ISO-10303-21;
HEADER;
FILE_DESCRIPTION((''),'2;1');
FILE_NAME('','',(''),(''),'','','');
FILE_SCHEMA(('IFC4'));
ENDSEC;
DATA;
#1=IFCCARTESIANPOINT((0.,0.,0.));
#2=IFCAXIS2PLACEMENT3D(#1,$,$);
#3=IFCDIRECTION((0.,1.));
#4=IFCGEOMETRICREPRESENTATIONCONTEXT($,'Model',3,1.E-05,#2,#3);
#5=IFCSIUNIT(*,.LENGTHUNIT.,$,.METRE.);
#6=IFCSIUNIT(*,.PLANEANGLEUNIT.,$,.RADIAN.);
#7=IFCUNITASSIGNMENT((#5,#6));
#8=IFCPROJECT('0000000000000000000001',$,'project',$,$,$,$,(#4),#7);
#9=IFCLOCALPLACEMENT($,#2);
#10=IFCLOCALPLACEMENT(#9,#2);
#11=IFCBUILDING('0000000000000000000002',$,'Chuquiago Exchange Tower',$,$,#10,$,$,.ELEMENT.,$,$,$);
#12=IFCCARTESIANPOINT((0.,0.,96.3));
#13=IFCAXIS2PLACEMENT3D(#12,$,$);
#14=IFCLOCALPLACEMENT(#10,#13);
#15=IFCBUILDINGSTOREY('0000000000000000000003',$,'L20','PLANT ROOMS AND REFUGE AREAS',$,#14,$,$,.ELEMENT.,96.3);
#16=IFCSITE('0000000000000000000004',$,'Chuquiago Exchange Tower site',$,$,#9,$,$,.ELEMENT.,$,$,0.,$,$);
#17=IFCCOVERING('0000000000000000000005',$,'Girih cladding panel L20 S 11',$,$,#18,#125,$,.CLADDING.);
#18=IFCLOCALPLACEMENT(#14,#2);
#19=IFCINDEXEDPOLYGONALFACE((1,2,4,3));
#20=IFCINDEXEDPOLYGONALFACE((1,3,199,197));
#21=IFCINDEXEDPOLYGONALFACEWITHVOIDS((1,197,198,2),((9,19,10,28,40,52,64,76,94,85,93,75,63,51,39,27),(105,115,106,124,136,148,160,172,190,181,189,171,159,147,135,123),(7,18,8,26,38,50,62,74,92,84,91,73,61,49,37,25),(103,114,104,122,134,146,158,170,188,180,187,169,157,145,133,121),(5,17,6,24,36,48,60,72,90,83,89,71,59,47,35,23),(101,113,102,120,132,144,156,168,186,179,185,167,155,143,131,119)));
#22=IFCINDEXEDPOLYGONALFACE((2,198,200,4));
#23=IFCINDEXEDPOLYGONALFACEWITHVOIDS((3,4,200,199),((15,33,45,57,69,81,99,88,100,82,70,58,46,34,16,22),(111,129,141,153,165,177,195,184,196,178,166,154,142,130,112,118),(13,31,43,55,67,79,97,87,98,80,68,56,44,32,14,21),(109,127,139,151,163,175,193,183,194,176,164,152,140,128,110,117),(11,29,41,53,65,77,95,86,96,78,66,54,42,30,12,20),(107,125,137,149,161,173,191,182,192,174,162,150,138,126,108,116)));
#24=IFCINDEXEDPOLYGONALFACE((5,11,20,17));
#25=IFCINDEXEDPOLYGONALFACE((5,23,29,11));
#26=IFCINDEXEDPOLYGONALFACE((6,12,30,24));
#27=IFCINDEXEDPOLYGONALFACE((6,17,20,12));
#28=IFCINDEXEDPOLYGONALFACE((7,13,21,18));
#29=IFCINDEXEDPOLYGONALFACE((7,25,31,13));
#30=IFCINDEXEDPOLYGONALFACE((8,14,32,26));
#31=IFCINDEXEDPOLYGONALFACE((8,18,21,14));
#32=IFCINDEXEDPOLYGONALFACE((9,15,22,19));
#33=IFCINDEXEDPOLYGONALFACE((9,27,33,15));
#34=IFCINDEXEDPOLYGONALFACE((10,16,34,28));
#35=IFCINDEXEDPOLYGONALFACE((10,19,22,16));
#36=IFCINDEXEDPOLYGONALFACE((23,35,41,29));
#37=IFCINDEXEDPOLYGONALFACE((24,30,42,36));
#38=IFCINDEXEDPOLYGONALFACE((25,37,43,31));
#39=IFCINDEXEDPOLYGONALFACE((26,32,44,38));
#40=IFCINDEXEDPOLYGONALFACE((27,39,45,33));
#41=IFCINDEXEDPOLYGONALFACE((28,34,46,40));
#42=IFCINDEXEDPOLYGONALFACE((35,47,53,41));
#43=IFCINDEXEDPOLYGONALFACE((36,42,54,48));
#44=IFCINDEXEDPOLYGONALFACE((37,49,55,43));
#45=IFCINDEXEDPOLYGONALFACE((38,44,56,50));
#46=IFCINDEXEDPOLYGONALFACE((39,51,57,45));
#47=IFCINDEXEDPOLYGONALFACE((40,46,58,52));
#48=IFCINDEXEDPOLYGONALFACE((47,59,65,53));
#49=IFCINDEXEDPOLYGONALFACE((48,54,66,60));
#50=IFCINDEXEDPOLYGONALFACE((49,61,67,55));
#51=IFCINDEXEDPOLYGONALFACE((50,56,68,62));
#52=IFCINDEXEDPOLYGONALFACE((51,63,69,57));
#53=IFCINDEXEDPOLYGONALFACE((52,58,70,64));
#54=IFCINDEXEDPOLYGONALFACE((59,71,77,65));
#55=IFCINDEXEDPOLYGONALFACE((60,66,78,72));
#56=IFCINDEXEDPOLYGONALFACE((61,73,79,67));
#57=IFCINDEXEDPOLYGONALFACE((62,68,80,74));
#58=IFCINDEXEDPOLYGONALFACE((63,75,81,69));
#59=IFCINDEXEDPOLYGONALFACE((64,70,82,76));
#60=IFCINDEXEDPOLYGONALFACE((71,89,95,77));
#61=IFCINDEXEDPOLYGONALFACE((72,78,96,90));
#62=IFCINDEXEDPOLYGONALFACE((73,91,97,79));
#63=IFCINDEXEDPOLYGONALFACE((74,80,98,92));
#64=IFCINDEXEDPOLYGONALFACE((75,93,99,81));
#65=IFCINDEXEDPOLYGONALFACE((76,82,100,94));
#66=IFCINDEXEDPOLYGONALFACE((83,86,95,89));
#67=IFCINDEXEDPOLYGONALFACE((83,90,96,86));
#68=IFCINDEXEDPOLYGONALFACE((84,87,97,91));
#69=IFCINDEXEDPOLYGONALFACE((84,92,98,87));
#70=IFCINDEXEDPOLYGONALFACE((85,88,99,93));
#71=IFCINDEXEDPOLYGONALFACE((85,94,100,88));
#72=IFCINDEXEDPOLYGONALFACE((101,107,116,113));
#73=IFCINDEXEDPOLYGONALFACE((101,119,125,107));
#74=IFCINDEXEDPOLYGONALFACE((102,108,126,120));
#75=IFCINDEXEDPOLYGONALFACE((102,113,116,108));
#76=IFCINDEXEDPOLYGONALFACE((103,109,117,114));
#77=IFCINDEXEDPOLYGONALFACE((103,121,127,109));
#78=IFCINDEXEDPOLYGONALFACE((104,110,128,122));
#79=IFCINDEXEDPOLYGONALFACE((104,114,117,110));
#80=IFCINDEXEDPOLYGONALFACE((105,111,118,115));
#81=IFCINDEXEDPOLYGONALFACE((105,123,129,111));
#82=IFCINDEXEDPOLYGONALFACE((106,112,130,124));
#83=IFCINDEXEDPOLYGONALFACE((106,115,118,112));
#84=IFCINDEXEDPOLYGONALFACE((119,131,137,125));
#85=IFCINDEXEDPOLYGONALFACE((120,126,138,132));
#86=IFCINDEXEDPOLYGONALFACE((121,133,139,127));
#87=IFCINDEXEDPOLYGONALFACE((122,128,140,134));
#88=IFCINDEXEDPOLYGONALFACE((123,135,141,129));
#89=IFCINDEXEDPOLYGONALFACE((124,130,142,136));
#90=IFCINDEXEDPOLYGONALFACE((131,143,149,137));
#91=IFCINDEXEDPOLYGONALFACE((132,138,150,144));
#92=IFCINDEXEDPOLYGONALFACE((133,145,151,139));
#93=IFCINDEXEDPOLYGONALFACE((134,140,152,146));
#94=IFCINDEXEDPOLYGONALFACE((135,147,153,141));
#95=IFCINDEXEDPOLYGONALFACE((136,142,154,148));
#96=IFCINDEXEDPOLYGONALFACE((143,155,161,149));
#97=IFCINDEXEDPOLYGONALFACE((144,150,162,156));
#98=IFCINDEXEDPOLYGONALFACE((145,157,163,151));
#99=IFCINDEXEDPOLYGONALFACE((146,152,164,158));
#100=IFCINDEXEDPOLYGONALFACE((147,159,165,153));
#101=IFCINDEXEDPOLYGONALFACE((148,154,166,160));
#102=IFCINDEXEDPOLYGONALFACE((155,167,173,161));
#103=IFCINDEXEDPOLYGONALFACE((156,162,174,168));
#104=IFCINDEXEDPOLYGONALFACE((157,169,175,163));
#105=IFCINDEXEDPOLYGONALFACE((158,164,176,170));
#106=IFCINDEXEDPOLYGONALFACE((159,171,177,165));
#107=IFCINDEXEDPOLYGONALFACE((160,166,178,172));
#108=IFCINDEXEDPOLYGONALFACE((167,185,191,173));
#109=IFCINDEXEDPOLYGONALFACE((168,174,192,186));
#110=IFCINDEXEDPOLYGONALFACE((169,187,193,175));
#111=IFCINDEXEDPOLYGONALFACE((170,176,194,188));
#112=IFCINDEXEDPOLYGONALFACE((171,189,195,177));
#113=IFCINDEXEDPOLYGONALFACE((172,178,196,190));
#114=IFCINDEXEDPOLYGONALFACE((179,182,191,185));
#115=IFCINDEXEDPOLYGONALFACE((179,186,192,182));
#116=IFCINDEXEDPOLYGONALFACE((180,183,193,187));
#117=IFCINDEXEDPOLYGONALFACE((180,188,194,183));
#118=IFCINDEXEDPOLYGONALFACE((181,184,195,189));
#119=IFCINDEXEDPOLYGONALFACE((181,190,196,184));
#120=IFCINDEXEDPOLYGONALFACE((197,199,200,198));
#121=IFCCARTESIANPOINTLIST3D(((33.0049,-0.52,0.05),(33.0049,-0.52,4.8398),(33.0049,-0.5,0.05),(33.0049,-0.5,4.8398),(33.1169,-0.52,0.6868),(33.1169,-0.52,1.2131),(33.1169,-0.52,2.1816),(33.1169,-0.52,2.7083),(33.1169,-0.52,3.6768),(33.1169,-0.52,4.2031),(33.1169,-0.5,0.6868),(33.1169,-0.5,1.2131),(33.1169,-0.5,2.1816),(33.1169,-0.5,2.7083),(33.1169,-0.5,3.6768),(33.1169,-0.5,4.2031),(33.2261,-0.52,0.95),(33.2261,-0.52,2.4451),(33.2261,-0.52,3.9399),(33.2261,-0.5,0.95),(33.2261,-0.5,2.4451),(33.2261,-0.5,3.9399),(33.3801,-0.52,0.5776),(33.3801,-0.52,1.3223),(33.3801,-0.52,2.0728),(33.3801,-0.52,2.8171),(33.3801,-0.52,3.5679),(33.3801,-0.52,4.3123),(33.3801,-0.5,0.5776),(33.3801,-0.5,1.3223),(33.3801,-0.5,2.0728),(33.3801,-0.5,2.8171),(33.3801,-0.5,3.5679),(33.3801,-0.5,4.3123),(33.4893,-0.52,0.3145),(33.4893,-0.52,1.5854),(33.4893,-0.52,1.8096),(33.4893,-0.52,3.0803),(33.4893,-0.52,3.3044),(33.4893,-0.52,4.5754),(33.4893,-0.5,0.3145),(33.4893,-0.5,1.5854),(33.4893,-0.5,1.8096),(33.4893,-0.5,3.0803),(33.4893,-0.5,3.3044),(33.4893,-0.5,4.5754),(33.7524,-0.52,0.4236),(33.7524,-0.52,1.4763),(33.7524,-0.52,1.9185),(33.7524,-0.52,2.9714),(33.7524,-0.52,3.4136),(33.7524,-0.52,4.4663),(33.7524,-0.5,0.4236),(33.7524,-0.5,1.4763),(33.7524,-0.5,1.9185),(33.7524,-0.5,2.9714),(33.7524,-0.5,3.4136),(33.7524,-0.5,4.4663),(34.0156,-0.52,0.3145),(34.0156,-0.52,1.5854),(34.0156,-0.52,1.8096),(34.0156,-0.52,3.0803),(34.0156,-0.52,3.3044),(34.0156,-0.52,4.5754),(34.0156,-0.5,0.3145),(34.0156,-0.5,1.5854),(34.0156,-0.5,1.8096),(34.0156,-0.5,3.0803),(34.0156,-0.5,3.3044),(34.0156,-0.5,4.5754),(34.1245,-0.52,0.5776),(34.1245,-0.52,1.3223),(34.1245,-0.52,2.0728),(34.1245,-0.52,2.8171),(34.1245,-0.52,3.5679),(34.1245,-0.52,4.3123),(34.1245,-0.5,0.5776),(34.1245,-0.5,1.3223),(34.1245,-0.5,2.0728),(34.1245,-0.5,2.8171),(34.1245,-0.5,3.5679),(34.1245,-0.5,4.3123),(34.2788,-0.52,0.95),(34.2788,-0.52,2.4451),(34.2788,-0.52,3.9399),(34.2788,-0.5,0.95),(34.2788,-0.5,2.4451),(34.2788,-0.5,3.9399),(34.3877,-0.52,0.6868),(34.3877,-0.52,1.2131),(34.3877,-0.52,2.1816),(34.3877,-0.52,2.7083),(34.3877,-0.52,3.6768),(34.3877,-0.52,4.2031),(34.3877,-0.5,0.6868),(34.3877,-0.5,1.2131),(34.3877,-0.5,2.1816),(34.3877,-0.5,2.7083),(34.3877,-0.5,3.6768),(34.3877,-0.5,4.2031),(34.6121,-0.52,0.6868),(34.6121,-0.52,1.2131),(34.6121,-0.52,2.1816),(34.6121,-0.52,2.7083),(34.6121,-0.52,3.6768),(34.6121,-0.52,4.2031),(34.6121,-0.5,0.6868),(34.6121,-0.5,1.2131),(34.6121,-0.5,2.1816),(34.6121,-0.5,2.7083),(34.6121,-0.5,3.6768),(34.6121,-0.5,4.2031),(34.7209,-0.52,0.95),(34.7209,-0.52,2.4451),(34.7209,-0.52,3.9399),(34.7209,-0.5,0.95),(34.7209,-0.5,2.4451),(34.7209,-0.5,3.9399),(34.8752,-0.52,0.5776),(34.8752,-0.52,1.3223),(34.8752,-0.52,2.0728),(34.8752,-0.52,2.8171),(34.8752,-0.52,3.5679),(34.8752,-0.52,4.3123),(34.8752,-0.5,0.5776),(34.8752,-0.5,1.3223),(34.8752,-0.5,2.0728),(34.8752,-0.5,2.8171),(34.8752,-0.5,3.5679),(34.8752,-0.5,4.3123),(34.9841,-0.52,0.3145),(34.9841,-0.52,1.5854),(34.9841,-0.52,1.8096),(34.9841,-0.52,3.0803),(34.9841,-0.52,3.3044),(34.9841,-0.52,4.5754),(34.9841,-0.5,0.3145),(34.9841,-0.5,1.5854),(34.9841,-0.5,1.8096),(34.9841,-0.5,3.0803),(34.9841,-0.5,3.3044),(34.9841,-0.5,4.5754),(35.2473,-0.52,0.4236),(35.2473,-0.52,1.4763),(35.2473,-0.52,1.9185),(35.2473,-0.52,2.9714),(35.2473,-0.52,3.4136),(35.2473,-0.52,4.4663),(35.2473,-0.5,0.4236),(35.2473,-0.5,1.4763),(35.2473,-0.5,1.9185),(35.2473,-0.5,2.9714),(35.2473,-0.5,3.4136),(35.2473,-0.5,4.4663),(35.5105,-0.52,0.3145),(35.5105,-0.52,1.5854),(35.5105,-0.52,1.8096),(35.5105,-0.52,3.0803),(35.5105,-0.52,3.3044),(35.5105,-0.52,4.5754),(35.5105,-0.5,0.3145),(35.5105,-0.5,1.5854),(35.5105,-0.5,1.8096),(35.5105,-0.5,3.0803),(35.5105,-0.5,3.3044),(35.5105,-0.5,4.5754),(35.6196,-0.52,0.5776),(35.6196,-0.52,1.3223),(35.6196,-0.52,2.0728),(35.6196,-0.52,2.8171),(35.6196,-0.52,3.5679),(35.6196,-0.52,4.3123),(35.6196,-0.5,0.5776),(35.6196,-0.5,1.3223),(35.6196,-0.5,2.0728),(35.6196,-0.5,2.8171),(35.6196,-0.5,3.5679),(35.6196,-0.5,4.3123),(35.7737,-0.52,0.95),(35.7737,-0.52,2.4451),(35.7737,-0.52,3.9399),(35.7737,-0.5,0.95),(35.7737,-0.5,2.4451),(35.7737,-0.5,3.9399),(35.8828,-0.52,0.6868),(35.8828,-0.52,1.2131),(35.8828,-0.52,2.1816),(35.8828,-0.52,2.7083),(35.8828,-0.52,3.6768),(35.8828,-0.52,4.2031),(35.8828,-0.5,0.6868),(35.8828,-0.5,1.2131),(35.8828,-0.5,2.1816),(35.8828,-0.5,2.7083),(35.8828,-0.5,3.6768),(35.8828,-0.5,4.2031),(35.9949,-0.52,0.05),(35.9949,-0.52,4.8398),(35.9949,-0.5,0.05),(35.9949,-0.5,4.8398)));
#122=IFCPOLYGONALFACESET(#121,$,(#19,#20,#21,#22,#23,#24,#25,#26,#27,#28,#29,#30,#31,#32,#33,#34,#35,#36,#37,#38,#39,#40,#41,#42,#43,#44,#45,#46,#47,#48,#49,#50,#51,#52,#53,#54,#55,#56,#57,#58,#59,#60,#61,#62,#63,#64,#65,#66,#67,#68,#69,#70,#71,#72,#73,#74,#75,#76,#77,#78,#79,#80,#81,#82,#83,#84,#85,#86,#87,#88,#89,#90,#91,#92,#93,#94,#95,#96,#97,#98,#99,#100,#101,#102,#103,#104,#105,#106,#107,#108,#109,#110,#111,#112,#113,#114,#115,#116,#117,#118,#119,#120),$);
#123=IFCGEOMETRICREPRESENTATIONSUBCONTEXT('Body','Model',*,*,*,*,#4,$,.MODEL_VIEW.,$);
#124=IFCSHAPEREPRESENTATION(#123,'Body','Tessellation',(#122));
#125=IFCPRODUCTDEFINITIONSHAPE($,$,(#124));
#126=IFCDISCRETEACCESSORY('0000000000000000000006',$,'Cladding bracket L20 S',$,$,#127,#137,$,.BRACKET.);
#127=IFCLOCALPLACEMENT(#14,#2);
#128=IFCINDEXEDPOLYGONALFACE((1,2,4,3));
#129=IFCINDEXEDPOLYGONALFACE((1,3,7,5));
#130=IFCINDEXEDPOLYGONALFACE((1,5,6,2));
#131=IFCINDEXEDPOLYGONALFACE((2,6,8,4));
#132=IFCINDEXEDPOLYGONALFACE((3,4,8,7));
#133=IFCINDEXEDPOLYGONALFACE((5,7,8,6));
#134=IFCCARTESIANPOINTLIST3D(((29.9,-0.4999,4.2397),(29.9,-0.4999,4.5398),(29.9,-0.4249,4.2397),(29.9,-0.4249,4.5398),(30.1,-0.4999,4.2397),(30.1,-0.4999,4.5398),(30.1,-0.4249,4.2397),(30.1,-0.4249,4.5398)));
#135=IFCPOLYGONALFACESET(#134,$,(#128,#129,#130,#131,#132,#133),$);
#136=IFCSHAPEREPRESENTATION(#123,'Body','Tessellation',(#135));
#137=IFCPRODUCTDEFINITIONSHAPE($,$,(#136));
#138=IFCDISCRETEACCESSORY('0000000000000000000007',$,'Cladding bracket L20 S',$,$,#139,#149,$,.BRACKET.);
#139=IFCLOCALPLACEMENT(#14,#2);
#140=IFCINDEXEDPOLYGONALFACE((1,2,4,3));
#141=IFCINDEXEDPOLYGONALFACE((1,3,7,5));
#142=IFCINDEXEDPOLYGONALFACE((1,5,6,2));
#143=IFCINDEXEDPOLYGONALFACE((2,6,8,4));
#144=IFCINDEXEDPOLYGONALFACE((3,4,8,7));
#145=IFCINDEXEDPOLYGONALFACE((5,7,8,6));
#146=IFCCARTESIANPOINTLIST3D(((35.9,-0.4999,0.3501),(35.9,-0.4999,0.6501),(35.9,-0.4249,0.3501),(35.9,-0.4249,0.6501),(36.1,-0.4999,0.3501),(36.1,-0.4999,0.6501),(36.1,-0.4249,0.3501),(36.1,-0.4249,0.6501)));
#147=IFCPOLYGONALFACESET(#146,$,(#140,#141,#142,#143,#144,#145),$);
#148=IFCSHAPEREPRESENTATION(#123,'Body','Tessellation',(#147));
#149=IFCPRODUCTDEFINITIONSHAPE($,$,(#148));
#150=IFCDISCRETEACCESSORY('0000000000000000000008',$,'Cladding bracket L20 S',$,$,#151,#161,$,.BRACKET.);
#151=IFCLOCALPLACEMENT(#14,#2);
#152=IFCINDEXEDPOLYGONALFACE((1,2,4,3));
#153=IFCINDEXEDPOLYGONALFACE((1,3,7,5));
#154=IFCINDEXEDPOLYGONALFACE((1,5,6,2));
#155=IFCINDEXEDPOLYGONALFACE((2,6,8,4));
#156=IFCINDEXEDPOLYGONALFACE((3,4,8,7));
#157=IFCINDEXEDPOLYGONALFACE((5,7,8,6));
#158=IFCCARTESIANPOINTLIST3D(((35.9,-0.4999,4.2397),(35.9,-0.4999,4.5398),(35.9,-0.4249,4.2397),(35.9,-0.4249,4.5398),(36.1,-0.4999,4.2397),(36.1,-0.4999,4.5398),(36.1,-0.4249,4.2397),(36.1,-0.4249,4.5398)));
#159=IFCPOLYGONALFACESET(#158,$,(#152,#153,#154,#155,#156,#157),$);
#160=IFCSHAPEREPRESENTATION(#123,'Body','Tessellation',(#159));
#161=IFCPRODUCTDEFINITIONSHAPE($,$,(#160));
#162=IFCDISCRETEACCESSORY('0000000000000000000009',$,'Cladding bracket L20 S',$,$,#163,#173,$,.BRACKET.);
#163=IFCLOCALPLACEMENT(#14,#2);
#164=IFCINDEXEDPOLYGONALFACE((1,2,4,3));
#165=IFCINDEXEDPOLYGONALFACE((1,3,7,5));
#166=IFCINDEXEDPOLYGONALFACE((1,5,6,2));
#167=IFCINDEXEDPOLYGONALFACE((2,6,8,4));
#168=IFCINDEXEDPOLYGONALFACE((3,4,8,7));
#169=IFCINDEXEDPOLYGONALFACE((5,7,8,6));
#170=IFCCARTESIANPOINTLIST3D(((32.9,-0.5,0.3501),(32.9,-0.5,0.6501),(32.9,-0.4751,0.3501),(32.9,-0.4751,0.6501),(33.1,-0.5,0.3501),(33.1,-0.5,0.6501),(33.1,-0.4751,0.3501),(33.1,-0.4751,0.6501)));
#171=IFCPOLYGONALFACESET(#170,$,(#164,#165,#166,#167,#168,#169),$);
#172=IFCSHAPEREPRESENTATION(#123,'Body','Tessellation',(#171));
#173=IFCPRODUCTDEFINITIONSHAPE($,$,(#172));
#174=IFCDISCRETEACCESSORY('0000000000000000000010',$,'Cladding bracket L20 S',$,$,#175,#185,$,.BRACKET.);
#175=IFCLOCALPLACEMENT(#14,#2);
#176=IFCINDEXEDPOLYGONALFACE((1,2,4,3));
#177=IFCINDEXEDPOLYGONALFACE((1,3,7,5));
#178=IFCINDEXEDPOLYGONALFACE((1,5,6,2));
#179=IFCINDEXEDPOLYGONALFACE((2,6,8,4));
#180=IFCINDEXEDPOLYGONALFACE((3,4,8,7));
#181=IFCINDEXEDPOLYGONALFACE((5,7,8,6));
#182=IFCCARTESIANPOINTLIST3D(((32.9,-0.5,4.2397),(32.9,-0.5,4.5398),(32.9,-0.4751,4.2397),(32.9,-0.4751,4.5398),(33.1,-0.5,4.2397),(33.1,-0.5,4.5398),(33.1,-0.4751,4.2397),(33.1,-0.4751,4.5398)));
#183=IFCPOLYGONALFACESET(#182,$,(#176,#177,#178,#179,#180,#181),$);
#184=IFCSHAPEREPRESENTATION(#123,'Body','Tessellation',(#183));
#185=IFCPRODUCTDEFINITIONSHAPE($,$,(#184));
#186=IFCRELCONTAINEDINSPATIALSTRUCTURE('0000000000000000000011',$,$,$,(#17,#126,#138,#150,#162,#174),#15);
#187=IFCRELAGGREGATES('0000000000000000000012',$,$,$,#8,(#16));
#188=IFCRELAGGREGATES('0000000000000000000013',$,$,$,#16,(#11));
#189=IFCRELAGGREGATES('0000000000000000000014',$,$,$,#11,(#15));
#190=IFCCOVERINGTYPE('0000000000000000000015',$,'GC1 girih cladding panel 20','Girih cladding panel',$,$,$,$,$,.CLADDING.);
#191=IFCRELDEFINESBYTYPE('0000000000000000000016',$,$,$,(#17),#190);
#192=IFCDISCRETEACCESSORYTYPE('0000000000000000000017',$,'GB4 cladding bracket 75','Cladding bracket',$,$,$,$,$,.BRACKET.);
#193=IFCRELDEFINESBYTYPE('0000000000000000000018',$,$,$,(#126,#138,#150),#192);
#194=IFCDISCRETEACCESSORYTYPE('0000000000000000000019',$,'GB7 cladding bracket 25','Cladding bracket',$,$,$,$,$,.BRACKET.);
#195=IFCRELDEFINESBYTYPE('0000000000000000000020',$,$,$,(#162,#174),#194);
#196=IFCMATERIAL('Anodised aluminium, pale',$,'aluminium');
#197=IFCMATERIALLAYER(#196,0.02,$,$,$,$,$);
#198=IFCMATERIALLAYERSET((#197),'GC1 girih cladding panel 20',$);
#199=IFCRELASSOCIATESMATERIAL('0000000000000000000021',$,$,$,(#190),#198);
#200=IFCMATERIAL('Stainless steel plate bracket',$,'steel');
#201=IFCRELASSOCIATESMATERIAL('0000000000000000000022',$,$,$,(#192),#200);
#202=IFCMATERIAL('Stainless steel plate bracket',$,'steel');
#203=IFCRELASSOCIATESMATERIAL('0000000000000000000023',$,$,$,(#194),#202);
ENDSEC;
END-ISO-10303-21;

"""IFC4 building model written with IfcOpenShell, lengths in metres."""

from ifc_helpers import new_model, si_unit, direction, frame, origin, origin_2d, place, context, subcontext, project, spatial, polyline, rectangle, outline, extrude, material, layer, layer_set, type_object, element, save


model = new_model("IFC4")

# Units and contexts
model_context = context("Model", 3, precision=1e-05, world=origin(), true_north=direction((0.0, 1.0)))
body_context = subcontext(model_context, "Body", "Model", "MODEL_VIEW")
ifc_project = project(units=[si_unit("LENGTHUNIT", "METRE"), si_unit("PLANEANGLEUNIT", "RADIAN")], contexts=[model_context])

# Site, building, storey
site_placement = place(None, origin())
site = spatial("IfcSite", under=ifc_project, at=site_placement, Name="Chuquiago Exchange Tower site", CompositionType="ELEMENT", RefElevation=0.0)
building_placement = place(site_placement, origin())
building = spatial("IfcBuilding", under=site, at=building_placement, Name="Chuquiago Exchange Tower", CompositionType="ELEMENT")
storey_placement = place(building_placement, frame((0.0, 0.0, 96.3)))
storey = spatial("IfcBuildingStorey", under=building, at=storey_placement, Name="L20", Description="PLANT ROOMS AND REFUGE AREAS", CompositionType="ELEMENT", Elevation=96.3)

# Covering
ifc_material_1 = material(Name="Anodised aluminium, pale", Category="aluminium")
ifc_layer_1 = layer(ifc_material_1, 0.02)
ifc_layer_set_1 = layer_set([ifc_layer_1], Name="GC1 girih cladding panel 20")
covering_type = type_object("IfcCoveringType", Name="GC1 girih cladding panel 20", Description="Girih cladding panel", PredefinedType="CLADDING", material=ifc_layer_set_1)
covering_1_placement = place(storey_placement, frame((33.0049, -0.5, 0.05), z_axis=(0.0, 0.0, 1.0), x_axis=(1.0, 0.0, 0.0)))
element("IfcCovering", 1, at=covering_1_placement, inside=storey, type_object=covering_type, Name="Girih cladding panel L20 S 11", PredefinedType="CLADDING", context=body_context, shape_type="SweptSolid", body=[
    extrude(outline(polyline([(0.0, 0.0), (2.99, 0.0), (2.99, 4.7898), (0.0, 4.7898), (0.0, 0.0)]), holes=[polyline([(1.2739, 0.8999), (1.3828, 1.1631), (1.1196, 1.2722), (1.0107, 1.5354), (0.7476, 1.4263), (0.4844, 1.5354), (0.3752, 1.2722), (0.1121, 1.1631), (0.2212, 0.8999), (0.1121, 0.6367), (0.3752, 0.5276), (0.4844, 0.2644), (0.7476, 0.3735), (1.0107, 0.2644), (1.1196, 0.5276), (1.3828, 0.6367), (1.2739, 0.8999)]), polyline([(2.7688, 0.8999), (2.8779, 1.1631), (2.6147, 1.2722), (2.5056, 1.5354), (2.2424, 1.4263), (1.9792, 1.5354), (1.8704, 1.2722), (1.6072, 1.1631), (1.7161, 0.8999), (1.6072, 0.6367), (1.8704, 0.5276), (1.9792, 0.2644), (2.2424, 0.3735), (2.5056, 0.2644), (2.6147, 0.5276), (2.8779, 0.6367), (2.7688, 0.8999)]), polyline([(1.2739, 2.395), (1.3828, 2.6582), (1.1196, 2.7671), (1.0107, 3.0303), (0.7476, 2.9214), (0.4844, 3.0303), (0.3752, 2.7671), (0.1121, 2.6582), (0.2212, 2.395), (0.1121, 2.1316), (0.3752, 2.0227), (0.4844, 1.7595), (0.7476, 1.8684), (1.0107, 1.7595), (1.1196, 2.0227), (1.3828, 2.1316), (1.2739, 2.395)]), polyline([(2.7688, 2.395), (2.8779, 2.6582), (2.6147, 2.7671), (2.5056, 3.0303), (2.2424, 2.9214), (1.9792, 3.0303), (1.8704, 2.7671), (1.6072, 2.6582), (1.7161, 2.395), (1.6072, 2.1316), (1.8704, 2.0227), (1.9792, 1.7595), (2.2424, 1.8684), (2.5056, 1.7595), (2.6147, 2.0227), (2.8779, 2.1316), (2.7688, 2.395)]), polyline([(1.2739, 3.8899), (1.3828, 4.1531), (1.1196, 4.2622), (1.0107, 4.5254), (0.7476, 4.4163), (0.4844, 4.5254), (0.3752, 4.2622), (0.1121, 4.1531), (0.2212, 3.8899), (0.1121, 3.6267), (0.3752, 3.5178), (0.4844, 3.2544), (0.7476, 3.3635), (1.0107, 3.2544), (1.1196, 3.5178), (1.3828, 3.6267), (1.2739, 3.8899)]), polyline([(2.7688, 3.8899), (2.8779, 4.1531), (2.6147, 4.2622), (2.5056, 4.5254), (2.2424, 4.4163), (1.9792, 4.5254), (1.8704, 4.2622), (1.6072, 4.1531), (1.7161, 3.8899), (1.6072, 3.6267), (1.8704, 3.5178), (1.9792, 3.2544), (2.2424, 3.3635), (2.5056, 3.2544), (2.6147, 3.5178), (2.8779, 3.6267), (2.7688, 3.8899)])]), frame((0.0, 0.0, 0.0), z_axis=(0.0, -1.0, 0.0), x_axis=(1.0, 0.0, 0.0)), (0.0, 0.0, 1.0), 0.02),
])

# Discrete accessories
ifc_material_2 = material(Name="Stainless steel plate bracket", Category="steel")
discrete_accessory_type_1 = type_object("IfcDiscreteAccessoryType", Name="GB4 cladding bracket 75", Description="Cladding bracket", PredefinedType="BRACKET", material=ifc_material_2)
for number, where, z_axis, x_axis, name in (
    (2, (30.0, -0.4624, 4.2397), (0.0, 0.0, 1.0), (1.0, 0.0, 0.0), "Cladding bracket L20 S"),
    (3, (36.0, -0.4624, 0.3501), (0.0, 0.0, 1.0), (1.0, 0.0, 0.0), "Cladding bracket L20 S"),
    (4, (36.0, -0.4624, 4.2397), (0.0, 0.0, 1.0), (1.0, 0.0, 0.0), "Cladding bracket L20 S"),
):
    element("IfcDiscreteAccessory", number, at=place(storey_placement, frame(where, z_axis=z_axis, x_axis=x_axis)), inside=storey, type_object=discrete_accessory_type_1, Name=name, PredefinedType="BRACKET", context=body_context, shape_type="SweptSolid", body=[
        extrude(rectangle(XDim=0.2, YDim=0.075, at=origin_2d()), origin(), (0.0, 0.0, 1.0), 0.3),
    ])
ifc_material_3 = material(Name="Stainless steel plate bracket", Category="steel")
discrete_accessory_type_2 = type_object("IfcDiscreteAccessoryType", Name="GB7 cladding bracket 25", Description="Cladding bracket", PredefinedType="BRACKET", material=ifc_material_3)
for number, where, z_axis, x_axis, name in (
    (5, (33.0, -0.4875, 0.3501), (0.0, 0.0, 1.0), (1.0, 0.0, 0.0), "Cladding bracket L20 S"),
    (6, (33.0, -0.4875, 4.2397), (0.0, 0.0, 1.0), (1.0, 0.0, 0.0), "Cladding bracket L20 S"),
):
    element("IfcDiscreteAccessory", number, at=place(storey_placement, frame(where, z_axis=z_axis, x_axis=x_axis)), inside=storey, type_object=discrete_accessory_type_2, Name=name, PredefinedType="BRACKET", context=body_context, shape_type="SweptSolid", body=[
        extrude(rectangle(XDim=0.2, YDim=0.0249, at=origin_2d()), origin(), (0.0, 0.0, 1.0), 0.3),
    ])

save(model, "model.ifc")
